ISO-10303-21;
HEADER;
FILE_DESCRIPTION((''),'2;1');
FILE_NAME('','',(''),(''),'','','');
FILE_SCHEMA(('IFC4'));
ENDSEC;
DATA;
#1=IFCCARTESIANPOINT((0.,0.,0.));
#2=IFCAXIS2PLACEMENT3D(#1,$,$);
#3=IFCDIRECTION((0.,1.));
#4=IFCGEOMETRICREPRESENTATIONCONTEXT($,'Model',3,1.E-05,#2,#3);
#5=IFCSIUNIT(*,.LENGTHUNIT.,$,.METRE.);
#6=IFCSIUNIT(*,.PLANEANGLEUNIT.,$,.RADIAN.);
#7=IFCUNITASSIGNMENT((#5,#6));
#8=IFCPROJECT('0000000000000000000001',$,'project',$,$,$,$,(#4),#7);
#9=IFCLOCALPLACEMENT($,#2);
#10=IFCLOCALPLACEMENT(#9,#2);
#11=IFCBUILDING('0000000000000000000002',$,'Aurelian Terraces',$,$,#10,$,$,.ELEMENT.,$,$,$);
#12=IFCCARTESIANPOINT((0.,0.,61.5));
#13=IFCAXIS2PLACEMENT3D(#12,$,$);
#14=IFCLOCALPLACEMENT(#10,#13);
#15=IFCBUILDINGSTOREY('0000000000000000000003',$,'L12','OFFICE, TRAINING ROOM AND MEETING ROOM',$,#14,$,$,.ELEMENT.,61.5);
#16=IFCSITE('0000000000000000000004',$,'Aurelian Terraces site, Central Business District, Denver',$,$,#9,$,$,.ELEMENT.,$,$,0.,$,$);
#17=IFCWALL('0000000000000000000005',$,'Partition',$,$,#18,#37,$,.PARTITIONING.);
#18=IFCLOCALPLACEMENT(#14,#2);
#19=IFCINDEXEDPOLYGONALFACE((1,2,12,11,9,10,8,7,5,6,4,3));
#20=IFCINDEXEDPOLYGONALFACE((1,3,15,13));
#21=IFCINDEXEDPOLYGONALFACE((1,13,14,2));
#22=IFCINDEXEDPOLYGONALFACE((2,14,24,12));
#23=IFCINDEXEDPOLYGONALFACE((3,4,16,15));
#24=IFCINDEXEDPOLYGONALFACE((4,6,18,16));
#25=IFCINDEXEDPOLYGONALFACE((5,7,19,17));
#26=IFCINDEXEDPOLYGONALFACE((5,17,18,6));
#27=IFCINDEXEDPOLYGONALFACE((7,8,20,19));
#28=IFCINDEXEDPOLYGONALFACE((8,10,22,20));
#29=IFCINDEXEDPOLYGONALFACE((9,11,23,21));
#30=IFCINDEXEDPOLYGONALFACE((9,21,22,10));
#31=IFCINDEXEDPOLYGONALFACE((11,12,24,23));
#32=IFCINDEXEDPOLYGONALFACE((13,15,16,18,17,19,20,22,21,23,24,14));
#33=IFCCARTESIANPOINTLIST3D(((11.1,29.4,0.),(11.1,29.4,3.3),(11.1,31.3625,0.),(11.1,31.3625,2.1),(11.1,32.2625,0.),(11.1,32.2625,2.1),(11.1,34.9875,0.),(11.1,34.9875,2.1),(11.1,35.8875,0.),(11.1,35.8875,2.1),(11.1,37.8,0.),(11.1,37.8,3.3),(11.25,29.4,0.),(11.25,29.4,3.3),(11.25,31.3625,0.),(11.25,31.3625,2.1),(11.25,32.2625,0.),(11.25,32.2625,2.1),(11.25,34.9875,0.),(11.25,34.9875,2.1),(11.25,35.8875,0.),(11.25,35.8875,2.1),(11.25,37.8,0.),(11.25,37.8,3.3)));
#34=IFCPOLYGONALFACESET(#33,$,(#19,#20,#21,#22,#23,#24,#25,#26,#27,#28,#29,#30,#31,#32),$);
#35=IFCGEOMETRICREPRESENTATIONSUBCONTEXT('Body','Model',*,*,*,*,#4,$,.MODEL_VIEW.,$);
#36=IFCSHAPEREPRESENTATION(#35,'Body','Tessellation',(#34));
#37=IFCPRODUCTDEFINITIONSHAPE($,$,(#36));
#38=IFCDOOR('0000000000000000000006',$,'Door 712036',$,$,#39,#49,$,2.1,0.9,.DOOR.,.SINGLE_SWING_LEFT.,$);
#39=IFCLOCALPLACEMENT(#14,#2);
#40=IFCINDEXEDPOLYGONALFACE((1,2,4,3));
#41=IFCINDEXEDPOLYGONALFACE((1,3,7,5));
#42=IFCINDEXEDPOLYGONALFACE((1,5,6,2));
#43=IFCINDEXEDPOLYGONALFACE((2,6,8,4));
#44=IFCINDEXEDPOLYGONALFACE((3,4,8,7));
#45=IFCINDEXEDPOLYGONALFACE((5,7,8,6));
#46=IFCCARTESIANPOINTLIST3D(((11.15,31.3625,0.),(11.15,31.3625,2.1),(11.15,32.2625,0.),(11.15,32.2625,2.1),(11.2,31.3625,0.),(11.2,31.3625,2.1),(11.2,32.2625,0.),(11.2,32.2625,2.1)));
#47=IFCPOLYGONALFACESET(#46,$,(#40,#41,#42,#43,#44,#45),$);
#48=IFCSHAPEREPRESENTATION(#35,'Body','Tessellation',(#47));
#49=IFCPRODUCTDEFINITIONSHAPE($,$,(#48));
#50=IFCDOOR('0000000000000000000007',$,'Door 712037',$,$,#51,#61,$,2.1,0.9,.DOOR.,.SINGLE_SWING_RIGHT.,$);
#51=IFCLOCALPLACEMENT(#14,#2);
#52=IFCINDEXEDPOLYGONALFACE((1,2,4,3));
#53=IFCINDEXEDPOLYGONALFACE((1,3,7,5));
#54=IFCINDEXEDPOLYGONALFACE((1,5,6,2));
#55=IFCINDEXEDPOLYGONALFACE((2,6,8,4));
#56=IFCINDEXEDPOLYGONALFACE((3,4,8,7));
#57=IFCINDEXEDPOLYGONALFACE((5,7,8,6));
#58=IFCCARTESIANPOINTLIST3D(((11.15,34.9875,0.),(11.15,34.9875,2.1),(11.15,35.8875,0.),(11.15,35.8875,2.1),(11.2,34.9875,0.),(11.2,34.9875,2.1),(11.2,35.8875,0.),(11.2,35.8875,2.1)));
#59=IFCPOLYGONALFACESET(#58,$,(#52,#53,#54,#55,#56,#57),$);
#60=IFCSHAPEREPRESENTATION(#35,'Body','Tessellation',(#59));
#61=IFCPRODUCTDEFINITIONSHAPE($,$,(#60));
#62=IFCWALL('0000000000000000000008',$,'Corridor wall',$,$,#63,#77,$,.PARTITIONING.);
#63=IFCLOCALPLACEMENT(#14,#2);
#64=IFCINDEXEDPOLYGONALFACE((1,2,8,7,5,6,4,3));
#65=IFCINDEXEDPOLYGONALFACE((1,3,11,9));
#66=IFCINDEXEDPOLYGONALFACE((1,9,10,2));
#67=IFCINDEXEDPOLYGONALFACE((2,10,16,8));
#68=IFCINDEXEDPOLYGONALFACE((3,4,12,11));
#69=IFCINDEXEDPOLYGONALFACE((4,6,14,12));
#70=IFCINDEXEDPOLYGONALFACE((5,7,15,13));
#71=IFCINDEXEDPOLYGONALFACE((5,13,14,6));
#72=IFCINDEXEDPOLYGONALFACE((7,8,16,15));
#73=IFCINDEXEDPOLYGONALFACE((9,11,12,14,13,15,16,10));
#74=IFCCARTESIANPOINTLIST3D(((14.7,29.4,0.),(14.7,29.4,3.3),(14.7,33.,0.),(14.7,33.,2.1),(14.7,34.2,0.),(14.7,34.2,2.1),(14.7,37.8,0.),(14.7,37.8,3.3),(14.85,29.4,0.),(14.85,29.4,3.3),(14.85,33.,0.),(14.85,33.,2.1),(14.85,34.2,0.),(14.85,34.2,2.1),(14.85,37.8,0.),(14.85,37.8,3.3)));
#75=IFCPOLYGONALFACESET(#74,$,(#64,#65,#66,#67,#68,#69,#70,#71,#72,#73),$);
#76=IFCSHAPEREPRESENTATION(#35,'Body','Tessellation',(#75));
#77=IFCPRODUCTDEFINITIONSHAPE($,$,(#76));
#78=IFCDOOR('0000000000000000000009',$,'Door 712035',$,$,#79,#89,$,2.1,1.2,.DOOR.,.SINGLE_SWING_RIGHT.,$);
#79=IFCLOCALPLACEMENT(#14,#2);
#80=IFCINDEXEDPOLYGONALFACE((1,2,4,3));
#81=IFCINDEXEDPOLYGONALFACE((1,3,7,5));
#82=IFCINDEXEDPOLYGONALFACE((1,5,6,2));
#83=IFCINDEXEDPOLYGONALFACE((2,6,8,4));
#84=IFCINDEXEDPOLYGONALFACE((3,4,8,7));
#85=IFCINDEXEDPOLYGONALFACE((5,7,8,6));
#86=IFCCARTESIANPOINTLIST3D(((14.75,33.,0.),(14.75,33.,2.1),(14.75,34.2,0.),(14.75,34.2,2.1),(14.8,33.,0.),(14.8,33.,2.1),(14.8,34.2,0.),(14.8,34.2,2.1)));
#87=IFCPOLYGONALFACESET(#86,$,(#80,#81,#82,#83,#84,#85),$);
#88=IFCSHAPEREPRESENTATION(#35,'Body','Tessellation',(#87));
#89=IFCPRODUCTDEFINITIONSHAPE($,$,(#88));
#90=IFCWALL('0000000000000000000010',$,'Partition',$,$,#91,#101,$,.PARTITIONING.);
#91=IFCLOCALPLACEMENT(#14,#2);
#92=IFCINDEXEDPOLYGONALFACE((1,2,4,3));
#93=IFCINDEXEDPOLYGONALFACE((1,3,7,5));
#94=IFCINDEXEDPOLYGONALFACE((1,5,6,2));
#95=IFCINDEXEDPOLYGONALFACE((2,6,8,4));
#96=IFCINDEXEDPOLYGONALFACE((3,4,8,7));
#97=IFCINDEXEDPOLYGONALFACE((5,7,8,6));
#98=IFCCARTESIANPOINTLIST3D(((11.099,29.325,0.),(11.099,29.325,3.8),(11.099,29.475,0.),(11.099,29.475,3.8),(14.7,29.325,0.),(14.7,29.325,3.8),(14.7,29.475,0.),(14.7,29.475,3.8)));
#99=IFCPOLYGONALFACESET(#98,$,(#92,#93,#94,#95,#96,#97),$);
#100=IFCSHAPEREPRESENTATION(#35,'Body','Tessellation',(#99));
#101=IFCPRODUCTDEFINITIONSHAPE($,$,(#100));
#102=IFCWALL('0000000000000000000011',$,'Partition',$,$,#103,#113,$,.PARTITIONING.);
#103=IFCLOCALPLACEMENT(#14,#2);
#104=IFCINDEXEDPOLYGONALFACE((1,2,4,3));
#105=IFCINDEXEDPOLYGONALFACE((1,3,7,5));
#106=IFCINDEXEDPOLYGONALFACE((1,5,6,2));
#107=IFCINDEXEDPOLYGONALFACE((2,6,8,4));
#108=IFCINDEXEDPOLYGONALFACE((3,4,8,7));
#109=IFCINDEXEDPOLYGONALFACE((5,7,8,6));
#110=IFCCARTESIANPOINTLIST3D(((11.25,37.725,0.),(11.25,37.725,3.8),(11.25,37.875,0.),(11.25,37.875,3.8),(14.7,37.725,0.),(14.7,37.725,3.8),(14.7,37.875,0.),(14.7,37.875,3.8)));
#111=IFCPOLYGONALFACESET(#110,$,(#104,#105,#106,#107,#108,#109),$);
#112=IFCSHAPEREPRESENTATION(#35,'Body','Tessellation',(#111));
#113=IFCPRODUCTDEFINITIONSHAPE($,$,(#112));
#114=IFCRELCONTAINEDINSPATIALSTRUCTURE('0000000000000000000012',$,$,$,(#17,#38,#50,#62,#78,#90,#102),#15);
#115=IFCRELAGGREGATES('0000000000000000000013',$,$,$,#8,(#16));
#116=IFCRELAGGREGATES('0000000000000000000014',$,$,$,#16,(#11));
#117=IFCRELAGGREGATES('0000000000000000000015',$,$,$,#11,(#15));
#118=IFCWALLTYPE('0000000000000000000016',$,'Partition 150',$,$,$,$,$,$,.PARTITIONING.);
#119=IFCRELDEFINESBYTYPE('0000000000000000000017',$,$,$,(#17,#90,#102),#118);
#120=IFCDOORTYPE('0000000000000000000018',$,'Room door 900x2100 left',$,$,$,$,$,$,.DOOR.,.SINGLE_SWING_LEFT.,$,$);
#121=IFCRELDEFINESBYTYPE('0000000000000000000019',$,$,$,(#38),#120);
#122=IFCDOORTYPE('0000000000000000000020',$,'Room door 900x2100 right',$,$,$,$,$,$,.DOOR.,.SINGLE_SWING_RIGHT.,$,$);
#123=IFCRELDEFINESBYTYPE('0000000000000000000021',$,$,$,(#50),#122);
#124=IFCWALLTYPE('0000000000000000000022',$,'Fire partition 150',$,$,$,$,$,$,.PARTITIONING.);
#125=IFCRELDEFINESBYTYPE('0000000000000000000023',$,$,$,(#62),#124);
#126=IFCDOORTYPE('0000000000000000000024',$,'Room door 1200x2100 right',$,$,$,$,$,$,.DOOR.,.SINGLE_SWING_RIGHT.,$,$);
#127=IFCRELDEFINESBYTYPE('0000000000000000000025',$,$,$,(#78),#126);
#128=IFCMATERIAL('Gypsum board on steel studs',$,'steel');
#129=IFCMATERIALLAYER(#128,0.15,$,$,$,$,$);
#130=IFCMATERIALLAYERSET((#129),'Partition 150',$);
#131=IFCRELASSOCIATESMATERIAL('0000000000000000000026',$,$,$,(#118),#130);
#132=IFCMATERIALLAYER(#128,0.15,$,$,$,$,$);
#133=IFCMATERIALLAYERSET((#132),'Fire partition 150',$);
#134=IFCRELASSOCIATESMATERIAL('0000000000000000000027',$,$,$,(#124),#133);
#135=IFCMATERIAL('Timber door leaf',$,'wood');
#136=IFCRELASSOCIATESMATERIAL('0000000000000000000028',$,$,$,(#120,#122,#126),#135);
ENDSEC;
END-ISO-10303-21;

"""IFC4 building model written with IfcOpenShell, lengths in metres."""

from ifc_helpers import new_model, si_unit, direction, frame, frame_2d, origin, place, context, subcontext, project, spatial, rectangle, extrude, source, transform, mapped, material, layer, layer_set, type_object, element, fill, save


model = new_model("IFC4")

# Units and contexts
model_context = context("Model", 3, precision=1e-05, world=origin(), true_north=direction((0.0, 1.0)))
body_context = subcontext(model_context, "Body", "Model", "MODEL_VIEW")
ifc_project = project(units=[si_unit("LENGTHUNIT", "METRE"), si_unit("PLANEANGLEUNIT", "RADIAN")], contexts=[model_context])

# Site, building, storey
site_placement = place(None, origin())
site = spatial("IfcSite", under=ifc_project, at=site_placement, Name="Aurelian Terraces site, Central Business District, Denver", CompositionType="ELEMENT", RefElevation=0.0)
building_placement = place(site_placement, origin())
building = spatial("IfcBuilding", under=site, at=building_placement, Name="Aurelian Terraces", CompositionType="ELEMENT")
storey_placement = place(building_placement, frame((0.0, 0.0, 61.5)))
storey = spatial("IfcBuildingStorey", under=building, at=storey_placement, Name="L12", Description="OFFICE, TRAINING ROOM AND MEETING ROOM", CompositionType="ELEMENT", Elevation=61.5)

# Shared definitions
ifc_material_1 = material(Name="Gypsum board on steel studs", Category="steel")
ifc_layer_1 = layer(ifc_material_1, 0.15)
ifc_layer_set_1 = layer_set([ifc_layer_1], Name="Partition 150")
wall_type_1 = type_object("IfcWallType", Name="Partition 150", PredefinedType="PARTITIONING", material=ifc_layer_set_1)

# Shared definitions
shared_shape_1 = source(origin(), body_context, "Body", "SweptSolid", [
    extrude(rectangle(XDim=0.9, YDim=2.1, at=frame_2d((0.45, 1.05))), frame((0.0, 0.025, 0.0), z_axis=(0.0, -1.0, 0.0), x_axis=(1.0, 0.0, 0.0)), (0.0, 0.0, 1.0), 0.05),
])
shared_shape_2 = source(origin(), body_context, "Body", "SweptSolid", [
    extrude(rectangle(XDim=1.2, YDim=2.1, at=frame_2d((0.6, 1.05))), frame((0.0, 0.025, 0.0), z_axis=(0.0, -1.0, 0.0), x_axis=(1.0, 0.0, 0.0)), (0.0, 0.0, 1.0), 0.05),
])

# Shared definitions
ifc_layer_2 = layer(ifc_material_1, 0.15)
ifc_layer_set_2 = layer_set([ifc_layer_2], Name="Fire partition 150")
wall_type_2 = type_object("IfcWallType", Name="Fire partition 150", PredefinedType="PARTITIONING", material=ifc_layer_set_2)

# Shared definitions
shared_shape_3 = source(origin(), body_context, "Body", "SweptSolid", [
    extrude(rectangle(XDim=0.9, YDim=2.1, at=frame_2d((0.45, 1.05))), frame((0.0, 0.085, 0.0), z_axis=(0.0, -1.0, 0.0), x_axis=(1.0, 0.0, 0.0)), (0.0, 0.0, 1.0), 0.17),
])
ifc_material_2 = material(Name="Timber door leaf", Category="wood")
door_type_1 = type_object("IfcDoorType", Name="Room door 900x2100 left", OperationType="SINGLE_SWING_LEFT", PredefinedType="DOOR", material=ifc_material_2)

# Shared definitions
door_type_2 = type_object("IfcDoorType", Name="Room door 900x2100 right", OperationType="SINGLE_SWING_RIGHT", PredefinedType="DOOR", material=ifc_material_2)

# Wall, openings, doors
shared_shape_4 = source(origin(), body_context, "Body", "SweptSolid", [
    extrude(rectangle(XDim=8.4, YDim=0.15, at=frame_2d((4.2, 0.0))), origin(), (0.0, 0.0, 1.0), 3.3),
])
wall_1_placement = place(storey_placement, frame((11.175, 29.4, 0.0), z_axis=(0.0, 0.0, 1.0), x_axis=(0.0, 1.0, 0.0)))
wall_1 = element("IfcWall", 1, at=wall_1_placement, inside=storey, type_object=wall_type_1, Name="Partition", PredefinedType="PARTITIONING", context=body_context, shape_type="MappedRepresentation", body=[
    mapped(shared_shape_4, transform((0.0, 0.0, 0.0), scale=1.0)),
])
opening_1_placement = place(wall_1_placement, frame((1.9625, 0.0, 0.0)))
opening_1 = element("IfcOpeningElement", 2, at=opening_1_placement, cuts=wall_1, PredefinedType="OPENING", context=body_context, shape_type="MappedRepresentation", body=[
    mapped(shared_shape_3, transform((0.0, 0.0, 0.0), scale=1.0)),
])
opening_2_placement = place(wall_1_placement, frame((5.5875, 0.0, 0.0)))
opening_2 = element("IfcOpeningElement", 3, at=opening_2_placement, cuts=wall_1, PredefinedType="OPENING", context=body_context, shape_type="MappedRepresentation", body=[
    mapped(shared_shape_3, transform((0.0, 0.0, 0.0), scale=1.0)),
])
door_1_placement = place(opening_1_placement, origin())
door_1 = element("IfcDoor", 4, at=door_1_placement, inside=storey, type_object=door_type_1, Name="Door 712036", OperationType="SINGLE_SWING_LEFT", OverallHeight=2.1, OverallWidth=0.9, PredefinedType="DOOR", context=body_context, shape_type="MappedRepresentation", body=[
    mapped(shared_shape_1, transform((0.0, 0.0, 0.0), scale=1.0)),
])
fill(opening_1, door_1)
door_2_placement = place(opening_2_placement, origin())
door_2 = element("IfcDoor", 5, at=door_2_placement, inside=storey, type_object=door_type_2, Name="Door 712037", OperationType="SINGLE_SWING_RIGHT", OverallHeight=2.1, OverallWidth=0.9, PredefinedType="DOOR", context=body_context, shape_type="MappedRepresentation", body=[
    mapped(shared_shape_1, transform((0.0, 0.0, 0.0), scale=1.0)),
])
fill(opening_2, door_2)

# Wall, opening, door
wall_2_placement = place(storey_placement, frame((14.775, 29.4, 0.0), z_axis=(0.0, 0.0, 1.0), x_axis=(0.0, 1.0, 0.0)))
wall_2 = element("IfcWall", 6, at=wall_2_placement, inside=storey, type_object=wall_type_2, Name="Corridor wall", PredefinedType="PARTITIONING", context=body_context, shape_type="MappedRepresentation", body=[
    mapped(shared_shape_4, transform((0.0, 0.0, 0.0), scale=1.0)),
])
shared_shape_5 = source(origin(), body_context, "Body", "SweptSolid", [
    extrude(rectangle(XDim=1.2, YDim=2.1, at=frame_2d((0.6, 1.05))), frame((0.0, 0.085, 0.0), z_axis=(0.0, -1.0, 0.0), x_axis=(1.0, 0.0, 0.0)), (0.0, 0.0, 1.0), 0.17),
])
opening_3_placement = place(wall_2_placement, frame((3.6, 0.0, 0.0)))
opening_3 = element("IfcOpeningElement", 7, at=opening_3_placement, cuts=wall_2, PredefinedType="OPENING", context=body_context, shape_type="MappedRepresentation", body=[
    mapped(shared_shape_5, transform((0.0, 0.0, 0.0), scale=1.0)),
])
door_type_3 = type_object("IfcDoorType", Name="Room door 1200x2100 right", OperationType="SINGLE_SWING_RIGHT", PredefinedType="DOOR", material=ifc_material_2)
door_3_placement = place(opening_3_placement, origin())
door_3 = element("IfcDoor", 8, at=door_3_placement, inside=storey, type_object=door_type_3, Name="Door 712035", OperationType="SINGLE_SWING_RIGHT", OverallHeight=2.1, OverallWidth=1.2, PredefinedType="DOOR", context=body_context, shape_type="MappedRepresentation", body=[
    mapped(shared_shape_2, transform((0.0, 0.0, 0.0), scale=1.0)),
])
fill(opening_3, door_3)

# Walls
shared_shape_6 = source(origin(), body_context, "Body", "SweptSolid", [
    extrude(rectangle(XDim=3.601, YDim=0.15, at=frame_2d((1.8005, 0.0))), origin(), (0.0, 0.0, 1.0), 3.8),
])
wall_3_placement = place(storey_placement, frame((14.7, 29.4, 0.0), z_axis=(0.0, 0.0, 1.0), x_axis=(-1.0, 0.0, 0.0)))
element("IfcWall", 9, at=wall_3_placement, inside=storey, type_object=wall_type_1, Name="Partition", PredefinedType="PARTITIONING", context=body_context, shape_type="MappedRepresentation", body=[
    mapped(shared_shape_6, transform((0.0, 0.0, 0.0), scale=1.0)),
])
shared_shape_7 = source(origin(), body_context, "Body", "SweptSolid", [
    extrude(rectangle(XDim=3.45, YDim=0.15, at=frame_2d((1.725, 0.0))), origin(), (0.0, 0.0, 1.0), 3.8),
])
wall_4_placement = place(storey_placement, frame((14.7, 37.8, 0.0), z_axis=(0.0, 0.0, 1.0), x_axis=(-1.0, 0.0, 0.0)))
element("IfcWall", 10, at=wall_4_placement, inside=storey, type_object=wall_type_1, Name="Partition", PredefinedType="PARTITIONING", context=body_context, shape_type="MappedRepresentation", body=[
    mapped(shared_shape_7, transform((0.0, 0.0, 0.0), scale=1.0)),
])

save(model, "model.ifc")
